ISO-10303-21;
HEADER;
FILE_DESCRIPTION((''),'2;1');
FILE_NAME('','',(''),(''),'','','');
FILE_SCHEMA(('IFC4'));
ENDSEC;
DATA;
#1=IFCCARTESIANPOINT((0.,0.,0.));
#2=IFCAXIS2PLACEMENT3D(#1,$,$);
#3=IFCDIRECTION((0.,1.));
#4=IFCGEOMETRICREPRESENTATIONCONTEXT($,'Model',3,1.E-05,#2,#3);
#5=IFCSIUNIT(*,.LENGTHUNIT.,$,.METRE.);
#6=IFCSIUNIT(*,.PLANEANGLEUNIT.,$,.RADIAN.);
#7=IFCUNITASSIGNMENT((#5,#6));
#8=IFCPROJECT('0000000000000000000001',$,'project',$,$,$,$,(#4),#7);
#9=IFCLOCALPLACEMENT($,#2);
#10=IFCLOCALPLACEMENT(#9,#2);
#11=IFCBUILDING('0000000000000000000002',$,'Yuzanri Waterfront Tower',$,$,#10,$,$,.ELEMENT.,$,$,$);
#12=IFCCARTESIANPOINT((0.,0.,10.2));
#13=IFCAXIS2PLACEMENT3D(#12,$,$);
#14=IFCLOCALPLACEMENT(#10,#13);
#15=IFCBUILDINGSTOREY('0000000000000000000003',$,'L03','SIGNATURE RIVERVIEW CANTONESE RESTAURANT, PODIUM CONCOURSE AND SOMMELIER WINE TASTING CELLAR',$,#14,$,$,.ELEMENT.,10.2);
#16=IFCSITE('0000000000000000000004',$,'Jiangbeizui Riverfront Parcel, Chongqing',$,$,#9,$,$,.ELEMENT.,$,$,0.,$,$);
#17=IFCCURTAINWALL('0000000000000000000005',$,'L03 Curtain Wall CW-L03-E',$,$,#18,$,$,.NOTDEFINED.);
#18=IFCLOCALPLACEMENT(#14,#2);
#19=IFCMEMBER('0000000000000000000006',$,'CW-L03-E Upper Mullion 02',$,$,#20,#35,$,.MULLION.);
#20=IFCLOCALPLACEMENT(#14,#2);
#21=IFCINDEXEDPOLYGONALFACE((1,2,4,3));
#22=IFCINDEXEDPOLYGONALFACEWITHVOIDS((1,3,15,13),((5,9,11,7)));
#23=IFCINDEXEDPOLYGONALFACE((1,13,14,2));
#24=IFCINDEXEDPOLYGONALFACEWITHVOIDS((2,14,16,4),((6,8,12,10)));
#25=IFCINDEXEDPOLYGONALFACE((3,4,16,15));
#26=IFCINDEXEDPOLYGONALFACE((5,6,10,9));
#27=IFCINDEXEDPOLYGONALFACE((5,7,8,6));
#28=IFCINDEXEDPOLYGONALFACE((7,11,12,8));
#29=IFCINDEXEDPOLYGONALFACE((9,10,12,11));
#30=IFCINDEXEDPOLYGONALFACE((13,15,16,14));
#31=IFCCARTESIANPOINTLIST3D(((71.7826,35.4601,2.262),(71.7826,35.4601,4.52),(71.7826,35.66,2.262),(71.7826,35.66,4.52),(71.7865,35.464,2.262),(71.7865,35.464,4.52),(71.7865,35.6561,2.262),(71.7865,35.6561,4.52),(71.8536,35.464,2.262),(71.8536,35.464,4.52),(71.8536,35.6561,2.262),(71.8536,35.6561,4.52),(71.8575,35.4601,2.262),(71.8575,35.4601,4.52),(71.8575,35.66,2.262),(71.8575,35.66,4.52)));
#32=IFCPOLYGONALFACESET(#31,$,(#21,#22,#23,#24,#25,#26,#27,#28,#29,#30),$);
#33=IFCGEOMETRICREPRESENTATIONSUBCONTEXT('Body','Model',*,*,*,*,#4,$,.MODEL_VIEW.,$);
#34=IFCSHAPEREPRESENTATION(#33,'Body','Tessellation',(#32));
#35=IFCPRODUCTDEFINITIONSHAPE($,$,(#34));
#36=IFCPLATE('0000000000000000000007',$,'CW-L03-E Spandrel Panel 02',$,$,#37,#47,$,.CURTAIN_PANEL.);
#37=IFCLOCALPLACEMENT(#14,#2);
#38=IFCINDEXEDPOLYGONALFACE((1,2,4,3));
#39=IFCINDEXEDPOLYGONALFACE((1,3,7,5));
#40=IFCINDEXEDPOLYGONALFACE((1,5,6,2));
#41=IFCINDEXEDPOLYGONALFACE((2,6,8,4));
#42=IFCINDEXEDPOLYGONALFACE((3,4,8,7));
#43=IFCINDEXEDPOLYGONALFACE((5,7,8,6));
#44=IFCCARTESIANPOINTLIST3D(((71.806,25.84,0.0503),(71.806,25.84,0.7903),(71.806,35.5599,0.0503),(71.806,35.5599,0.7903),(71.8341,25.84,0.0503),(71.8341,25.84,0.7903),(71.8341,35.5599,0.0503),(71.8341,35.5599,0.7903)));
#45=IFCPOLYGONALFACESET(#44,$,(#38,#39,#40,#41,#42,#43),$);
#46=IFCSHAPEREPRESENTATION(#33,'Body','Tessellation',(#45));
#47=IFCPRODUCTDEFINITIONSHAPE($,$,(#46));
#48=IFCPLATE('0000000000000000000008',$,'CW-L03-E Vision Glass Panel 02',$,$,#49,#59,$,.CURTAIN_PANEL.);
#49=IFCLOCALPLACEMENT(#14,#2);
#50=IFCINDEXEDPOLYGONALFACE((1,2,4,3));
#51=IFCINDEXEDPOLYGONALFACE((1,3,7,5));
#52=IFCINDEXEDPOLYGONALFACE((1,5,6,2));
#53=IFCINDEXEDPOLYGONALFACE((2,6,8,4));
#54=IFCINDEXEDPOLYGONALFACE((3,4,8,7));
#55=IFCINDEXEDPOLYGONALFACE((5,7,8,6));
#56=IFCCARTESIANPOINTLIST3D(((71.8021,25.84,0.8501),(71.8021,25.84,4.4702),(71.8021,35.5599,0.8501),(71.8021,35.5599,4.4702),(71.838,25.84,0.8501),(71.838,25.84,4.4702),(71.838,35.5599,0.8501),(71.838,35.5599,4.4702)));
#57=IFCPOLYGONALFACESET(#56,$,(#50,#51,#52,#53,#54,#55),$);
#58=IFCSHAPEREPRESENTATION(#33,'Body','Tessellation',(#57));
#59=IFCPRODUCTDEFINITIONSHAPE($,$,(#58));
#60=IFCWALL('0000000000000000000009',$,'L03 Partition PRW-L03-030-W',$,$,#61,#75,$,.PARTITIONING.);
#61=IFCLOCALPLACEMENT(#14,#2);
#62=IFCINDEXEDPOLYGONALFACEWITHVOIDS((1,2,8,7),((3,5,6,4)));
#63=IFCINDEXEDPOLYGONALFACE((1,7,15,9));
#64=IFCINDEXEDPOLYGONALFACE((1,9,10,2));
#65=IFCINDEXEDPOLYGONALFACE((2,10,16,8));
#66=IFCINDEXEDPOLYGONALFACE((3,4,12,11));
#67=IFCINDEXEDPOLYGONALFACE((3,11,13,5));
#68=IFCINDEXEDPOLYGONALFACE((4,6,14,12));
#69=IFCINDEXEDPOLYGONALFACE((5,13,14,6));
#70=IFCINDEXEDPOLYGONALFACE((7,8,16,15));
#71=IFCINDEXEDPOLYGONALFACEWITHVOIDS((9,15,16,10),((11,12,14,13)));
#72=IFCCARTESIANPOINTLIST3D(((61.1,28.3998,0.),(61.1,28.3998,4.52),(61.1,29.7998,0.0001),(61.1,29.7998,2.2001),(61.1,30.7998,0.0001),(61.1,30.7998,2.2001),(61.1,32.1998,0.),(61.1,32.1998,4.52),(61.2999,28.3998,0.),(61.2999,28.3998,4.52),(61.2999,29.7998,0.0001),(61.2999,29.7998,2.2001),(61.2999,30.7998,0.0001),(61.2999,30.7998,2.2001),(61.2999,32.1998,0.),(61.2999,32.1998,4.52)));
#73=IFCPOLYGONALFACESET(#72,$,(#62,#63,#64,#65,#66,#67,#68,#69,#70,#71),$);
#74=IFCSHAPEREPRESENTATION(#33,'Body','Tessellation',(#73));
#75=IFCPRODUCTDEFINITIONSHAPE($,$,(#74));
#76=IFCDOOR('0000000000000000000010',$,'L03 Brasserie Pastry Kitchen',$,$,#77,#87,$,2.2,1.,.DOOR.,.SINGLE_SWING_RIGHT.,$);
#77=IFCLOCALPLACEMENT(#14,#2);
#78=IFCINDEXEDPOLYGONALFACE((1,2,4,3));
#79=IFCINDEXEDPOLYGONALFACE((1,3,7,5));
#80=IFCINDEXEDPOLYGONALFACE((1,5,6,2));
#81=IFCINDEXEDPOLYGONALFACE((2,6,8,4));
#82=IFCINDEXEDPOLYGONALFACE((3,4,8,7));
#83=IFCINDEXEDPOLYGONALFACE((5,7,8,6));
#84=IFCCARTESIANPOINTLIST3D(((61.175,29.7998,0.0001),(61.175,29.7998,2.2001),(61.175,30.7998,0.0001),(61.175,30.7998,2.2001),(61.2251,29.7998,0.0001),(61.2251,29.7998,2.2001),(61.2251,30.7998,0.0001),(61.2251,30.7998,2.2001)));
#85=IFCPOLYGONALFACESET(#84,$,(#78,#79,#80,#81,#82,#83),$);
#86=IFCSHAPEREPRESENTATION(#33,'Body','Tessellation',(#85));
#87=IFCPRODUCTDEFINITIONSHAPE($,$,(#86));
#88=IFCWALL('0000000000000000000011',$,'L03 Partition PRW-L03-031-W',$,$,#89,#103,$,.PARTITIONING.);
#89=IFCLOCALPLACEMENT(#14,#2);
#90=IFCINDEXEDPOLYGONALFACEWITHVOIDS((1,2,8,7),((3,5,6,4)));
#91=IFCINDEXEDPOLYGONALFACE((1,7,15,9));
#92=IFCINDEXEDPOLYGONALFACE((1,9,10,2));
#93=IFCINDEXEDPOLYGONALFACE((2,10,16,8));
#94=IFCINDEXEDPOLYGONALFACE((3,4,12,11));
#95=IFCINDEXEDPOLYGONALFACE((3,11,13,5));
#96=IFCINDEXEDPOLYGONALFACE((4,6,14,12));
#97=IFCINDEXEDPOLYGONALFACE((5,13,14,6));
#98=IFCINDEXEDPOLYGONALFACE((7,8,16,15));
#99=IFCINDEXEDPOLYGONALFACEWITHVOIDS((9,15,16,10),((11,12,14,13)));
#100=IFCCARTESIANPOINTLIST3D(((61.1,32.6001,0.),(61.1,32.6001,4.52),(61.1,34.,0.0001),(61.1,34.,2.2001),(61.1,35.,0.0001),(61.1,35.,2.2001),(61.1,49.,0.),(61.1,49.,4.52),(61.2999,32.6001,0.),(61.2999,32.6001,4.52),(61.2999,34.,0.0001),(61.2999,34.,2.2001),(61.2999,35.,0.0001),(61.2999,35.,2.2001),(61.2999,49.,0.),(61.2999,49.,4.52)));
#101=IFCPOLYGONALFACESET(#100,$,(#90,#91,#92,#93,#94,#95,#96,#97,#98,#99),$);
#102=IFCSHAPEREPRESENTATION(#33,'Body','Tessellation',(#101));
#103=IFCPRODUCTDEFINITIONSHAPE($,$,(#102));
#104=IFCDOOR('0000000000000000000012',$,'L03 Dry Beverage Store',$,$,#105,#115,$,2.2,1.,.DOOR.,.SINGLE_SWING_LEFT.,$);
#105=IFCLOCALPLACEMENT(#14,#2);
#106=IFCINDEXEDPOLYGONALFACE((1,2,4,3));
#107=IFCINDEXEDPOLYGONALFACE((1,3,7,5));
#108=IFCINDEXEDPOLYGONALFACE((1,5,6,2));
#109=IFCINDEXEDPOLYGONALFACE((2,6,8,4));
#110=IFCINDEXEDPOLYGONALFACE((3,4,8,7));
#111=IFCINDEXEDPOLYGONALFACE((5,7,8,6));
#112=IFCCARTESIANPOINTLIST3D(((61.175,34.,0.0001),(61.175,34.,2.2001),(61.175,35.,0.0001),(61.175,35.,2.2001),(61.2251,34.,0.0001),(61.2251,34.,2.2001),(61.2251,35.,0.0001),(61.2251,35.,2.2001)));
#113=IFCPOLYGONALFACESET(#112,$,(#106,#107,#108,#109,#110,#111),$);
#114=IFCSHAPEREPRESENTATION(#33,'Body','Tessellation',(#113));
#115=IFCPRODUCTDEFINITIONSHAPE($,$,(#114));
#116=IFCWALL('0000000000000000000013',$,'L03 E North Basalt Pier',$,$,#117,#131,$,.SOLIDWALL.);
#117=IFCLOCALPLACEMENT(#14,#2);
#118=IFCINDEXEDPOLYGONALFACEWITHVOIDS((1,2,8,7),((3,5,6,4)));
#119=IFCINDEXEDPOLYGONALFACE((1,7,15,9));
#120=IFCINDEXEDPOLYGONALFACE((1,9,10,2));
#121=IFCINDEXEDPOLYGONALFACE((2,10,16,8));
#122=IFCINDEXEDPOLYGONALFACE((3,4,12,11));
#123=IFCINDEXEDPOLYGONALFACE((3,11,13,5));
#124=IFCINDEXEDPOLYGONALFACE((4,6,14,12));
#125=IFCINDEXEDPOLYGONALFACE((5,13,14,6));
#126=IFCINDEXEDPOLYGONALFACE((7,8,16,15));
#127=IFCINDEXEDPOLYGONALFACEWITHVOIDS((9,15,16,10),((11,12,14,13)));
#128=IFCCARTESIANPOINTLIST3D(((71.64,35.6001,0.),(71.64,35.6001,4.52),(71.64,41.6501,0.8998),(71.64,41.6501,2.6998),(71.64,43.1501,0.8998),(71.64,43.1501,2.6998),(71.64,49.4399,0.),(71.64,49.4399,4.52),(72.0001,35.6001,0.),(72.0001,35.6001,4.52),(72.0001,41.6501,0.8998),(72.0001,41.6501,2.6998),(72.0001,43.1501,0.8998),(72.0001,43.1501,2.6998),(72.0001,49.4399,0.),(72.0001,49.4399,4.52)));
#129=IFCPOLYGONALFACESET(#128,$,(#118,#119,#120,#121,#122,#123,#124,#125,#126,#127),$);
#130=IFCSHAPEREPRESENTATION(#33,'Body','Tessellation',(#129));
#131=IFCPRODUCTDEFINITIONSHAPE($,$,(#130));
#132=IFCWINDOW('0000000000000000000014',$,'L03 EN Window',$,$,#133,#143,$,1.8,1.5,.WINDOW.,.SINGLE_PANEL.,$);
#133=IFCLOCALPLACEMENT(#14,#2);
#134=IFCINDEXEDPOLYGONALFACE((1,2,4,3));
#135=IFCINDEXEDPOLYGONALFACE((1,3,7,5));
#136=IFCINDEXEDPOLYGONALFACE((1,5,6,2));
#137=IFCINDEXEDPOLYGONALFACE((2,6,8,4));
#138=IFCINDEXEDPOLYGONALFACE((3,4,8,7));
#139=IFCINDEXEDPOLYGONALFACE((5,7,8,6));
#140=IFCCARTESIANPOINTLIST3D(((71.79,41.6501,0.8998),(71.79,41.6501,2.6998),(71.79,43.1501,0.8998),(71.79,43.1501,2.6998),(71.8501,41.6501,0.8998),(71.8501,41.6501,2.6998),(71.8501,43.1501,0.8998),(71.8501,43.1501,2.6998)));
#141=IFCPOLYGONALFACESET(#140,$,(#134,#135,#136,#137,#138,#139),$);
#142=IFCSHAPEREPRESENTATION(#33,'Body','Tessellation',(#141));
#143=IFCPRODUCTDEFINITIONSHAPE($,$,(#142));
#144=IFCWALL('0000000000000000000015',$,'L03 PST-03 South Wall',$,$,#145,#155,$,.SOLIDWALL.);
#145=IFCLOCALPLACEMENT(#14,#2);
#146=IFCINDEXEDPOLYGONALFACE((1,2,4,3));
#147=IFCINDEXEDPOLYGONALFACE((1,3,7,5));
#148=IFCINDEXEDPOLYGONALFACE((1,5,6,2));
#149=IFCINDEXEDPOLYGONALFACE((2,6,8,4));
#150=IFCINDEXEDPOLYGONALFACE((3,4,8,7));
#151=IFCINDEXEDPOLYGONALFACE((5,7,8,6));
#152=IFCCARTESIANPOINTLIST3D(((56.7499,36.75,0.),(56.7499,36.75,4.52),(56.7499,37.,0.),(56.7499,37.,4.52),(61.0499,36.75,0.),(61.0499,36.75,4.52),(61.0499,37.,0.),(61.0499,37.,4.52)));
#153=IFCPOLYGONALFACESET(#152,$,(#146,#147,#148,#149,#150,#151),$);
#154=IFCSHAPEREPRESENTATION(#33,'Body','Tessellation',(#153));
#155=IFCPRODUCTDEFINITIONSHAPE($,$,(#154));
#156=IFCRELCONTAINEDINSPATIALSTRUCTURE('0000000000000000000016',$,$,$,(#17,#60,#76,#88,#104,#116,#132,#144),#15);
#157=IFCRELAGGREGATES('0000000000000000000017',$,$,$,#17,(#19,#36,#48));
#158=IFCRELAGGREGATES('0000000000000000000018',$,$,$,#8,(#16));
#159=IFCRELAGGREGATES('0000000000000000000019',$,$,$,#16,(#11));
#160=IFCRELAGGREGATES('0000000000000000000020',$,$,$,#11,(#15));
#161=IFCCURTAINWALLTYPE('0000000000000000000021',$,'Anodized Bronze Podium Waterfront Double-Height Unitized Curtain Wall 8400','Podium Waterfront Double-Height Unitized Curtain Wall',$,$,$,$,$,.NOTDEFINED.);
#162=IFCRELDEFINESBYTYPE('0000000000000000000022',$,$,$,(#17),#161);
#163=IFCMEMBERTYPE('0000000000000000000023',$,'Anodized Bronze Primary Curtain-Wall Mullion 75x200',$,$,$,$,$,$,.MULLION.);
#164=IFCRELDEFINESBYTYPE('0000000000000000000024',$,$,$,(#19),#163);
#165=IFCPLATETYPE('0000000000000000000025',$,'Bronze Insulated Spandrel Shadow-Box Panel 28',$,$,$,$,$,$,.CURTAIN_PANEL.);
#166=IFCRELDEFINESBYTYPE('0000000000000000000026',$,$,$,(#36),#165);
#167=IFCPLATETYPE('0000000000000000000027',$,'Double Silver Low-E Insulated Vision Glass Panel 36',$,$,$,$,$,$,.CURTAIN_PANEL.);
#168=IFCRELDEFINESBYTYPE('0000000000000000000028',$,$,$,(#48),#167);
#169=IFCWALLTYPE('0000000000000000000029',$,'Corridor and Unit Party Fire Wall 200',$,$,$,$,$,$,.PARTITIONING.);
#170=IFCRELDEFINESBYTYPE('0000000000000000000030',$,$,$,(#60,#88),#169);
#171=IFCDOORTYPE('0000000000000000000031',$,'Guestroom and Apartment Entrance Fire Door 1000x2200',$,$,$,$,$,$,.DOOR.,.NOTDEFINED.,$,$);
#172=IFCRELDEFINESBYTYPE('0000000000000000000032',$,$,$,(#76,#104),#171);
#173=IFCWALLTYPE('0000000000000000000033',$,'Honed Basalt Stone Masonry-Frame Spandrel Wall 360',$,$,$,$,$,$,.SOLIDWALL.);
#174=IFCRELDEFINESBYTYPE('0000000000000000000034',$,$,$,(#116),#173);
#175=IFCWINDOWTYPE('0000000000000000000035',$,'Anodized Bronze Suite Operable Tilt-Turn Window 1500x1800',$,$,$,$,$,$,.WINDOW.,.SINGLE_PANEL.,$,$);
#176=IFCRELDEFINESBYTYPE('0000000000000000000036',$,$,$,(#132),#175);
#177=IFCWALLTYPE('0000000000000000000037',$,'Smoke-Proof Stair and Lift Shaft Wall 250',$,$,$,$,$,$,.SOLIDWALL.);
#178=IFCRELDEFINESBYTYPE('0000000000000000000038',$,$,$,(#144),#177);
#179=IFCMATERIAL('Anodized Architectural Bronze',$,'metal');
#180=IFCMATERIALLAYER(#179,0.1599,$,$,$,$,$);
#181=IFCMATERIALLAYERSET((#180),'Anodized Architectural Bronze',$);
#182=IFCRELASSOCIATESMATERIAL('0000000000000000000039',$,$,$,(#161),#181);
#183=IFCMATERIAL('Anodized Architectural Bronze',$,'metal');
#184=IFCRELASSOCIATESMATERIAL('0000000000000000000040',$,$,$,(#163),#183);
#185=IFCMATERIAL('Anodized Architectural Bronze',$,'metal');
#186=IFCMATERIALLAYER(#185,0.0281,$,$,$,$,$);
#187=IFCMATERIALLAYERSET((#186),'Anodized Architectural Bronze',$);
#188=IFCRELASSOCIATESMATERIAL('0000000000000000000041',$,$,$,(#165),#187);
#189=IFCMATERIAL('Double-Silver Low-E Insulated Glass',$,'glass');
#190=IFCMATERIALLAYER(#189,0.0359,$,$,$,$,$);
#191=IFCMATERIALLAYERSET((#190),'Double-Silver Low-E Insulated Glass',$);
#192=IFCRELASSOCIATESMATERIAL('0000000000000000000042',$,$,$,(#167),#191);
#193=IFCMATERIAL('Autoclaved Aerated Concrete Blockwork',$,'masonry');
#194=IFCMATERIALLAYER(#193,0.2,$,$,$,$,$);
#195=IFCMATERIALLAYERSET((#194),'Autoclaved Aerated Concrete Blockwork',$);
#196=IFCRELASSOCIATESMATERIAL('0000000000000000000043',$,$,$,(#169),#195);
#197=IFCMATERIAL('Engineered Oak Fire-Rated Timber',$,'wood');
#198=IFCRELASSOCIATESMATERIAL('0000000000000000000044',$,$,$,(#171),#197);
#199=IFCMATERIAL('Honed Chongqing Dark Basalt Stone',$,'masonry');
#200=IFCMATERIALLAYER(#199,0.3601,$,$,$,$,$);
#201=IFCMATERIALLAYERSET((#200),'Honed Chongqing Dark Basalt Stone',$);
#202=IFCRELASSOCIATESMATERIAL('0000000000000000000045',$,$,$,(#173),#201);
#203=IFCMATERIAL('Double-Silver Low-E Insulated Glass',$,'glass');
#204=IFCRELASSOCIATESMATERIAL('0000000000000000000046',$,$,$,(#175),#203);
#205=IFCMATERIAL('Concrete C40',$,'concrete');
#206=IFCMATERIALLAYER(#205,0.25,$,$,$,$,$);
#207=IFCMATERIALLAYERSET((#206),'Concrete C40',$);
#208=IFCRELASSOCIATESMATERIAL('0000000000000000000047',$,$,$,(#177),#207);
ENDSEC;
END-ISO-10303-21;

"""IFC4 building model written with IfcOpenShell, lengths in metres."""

from ifc_helpers import new_model, si_unit, direction, frame, frame_2d, origin, origin_2d, place, context, subcontext, project, spatial, rectangle, hollow_rectangle, extrude, source, transform, mapped, material, layer, layer_set, material_profile, profile_set, type_object, element, fill, aggregate, save


model = new_model("IFC4")

# Units and contexts
model_context = context("Model", 3, precision=1e-05, world=origin(), true_north=direction((0.0, 1.0)))
body_context = subcontext(model_context, "Body", "Model", "MODEL_VIEW")
ifc_project = project(units=[si_unit("LENGTHUNIT", "METRE"), si_unit("PLANEANGLEUNIT", "RADIAN")], contexts=[model_context])

# Site, building, storey
site_placement = place(None, origin())
site = spatial("IfcSite", under=ifc_project, at=site_placement, Name="Jiangbeizui Riverfront Parcel, Chongqing", CompositionType="ELEMENT", RefElevation=0.0)
building_placement = place(site_placement, origin())
building = spatial("IfcBuilding", under=site, at=building_placement, Name="Yuzanri Waterfront Tower", CompositionType="ELEMENT")
storey_placement = place(building_placement, frame((0.0, 0.0, 10.2)))
storey = spatial("IfcBuildingStorey", under=building, at=storey_placement, Name="L03", Description="SIGNATURE RIVERVIEW CANTONESE RESTAURANT, PODIUM CONCOURSE AND SOMMELIER WINE TASTING CELLAR", CompositionType="ELEMENT", Elevation=10.2)

# Curtain wall, member, plates
ifc_material_1 = material(Name="Anodized Architectural Bronze", Category="metal")
ifc_layer_1 = layer(ifc_material_1, 0.1599)
ifc_layer_set_1 = layer_set([ifc_layer_1], Name="Anodized Architectural Bronze")
curtain_wall_type = type_object("IfcCurtainWallType", Name="Anodized Bronze Podium Waterfront Double-Height Unitized Curtain Wall 8400", Description="Podium Waterfront Double-Height Unitized Curtain Wall", PredefinedType="NOTDEFINED", material=ifc_layer_set_1)
curtain_wall_placement = place(storey_placement, origin())
curtain_wall = element("IfcCurtainWall", 1, at=curtain_wall_placement, inside=storey, type_object=curtain_wall_type, Name="L03 Curtain Wall CW-L03-E", PredefinedType="NOTDEFINED")
ifc_material_2 = material(Name="Anodized Architectural Bronze", Category="metal")
ifc_material_profile_1 = material_profile(ifc_material_2, hollow_rectangle(XDim=0.075, YDim=0.2, WallThickness=0.0039, at=origin_2d()), Name="CWM 75x200")
ifc_profile_set_1 = profile_set([ifc_material_profile_1], Name="Anodized Architectural Bronze")
member_type = type_object("IfcMemberType", Name="Anodized Bronze Primary Curtain-Wall Mullion 75x200", PredefinedType="MULLION", material=ifc_profile_set_1)
shared_shape_1 = source(origin(), body_context, "Body", "SweptSolid", [
    extrude(hollow_rectangle(XDim=0.075, YDim=0.2, WallThickness=0.0039, at=origin_2d()), origin(), (0.0, 0.0, 1.0), 2.2581),
])
member_1_placement = place(storey_placement, frame((71.8201, 35.5601, 2.262), z_axis=(0.0, 0.0, 1.0), x_axis=(1.0, 0.0, 0.0)))
member_1 = element("IfcMember", 2, at=member_1_placement, type_object=member_type, Name="CW-L03-E Upper Mullion 02", PredefinedType="MULLION", context=body_context, shape_type="MappedRepresentation", body=[
    mapped(shared_shape_1, transform((0.0, 0.0, 0.0), scale=1.0)),
])
ifc_material_3 = material(Name="Anodized Architectural Bronze", Category="metal")
ifc_layer_2 = layer(ifc_material_3, 0.0281)
ifc_layer_set_2 = layer_set([ifc_layer_2], Name="Anodized Architectural Bronze")
plate_type_1 = type_object("IfcPlateType", Name="Bronze Insulated Spandrel Shadow-Box Panel 28", PredefinedType="CURTAIN_PANEL", material=ifc_layer_set_2)
shared_shape_2 = source(origin(), body_context, "Body", "SweptSolid", [
    extrude(rectangle(XDim=9.72, YDim=0.0281, at=origin_2d()), origin(), (0.0, 0.0, 1.0), 0.74),
])
plate_1_placement = place(storey_placement, frame((71.8201, 30.7, 0.0503), z_axis=(0.0, 0.0, 1.0), x_axis=(0.0, 1.0, 0.0)))
plate_1 = element("IfcPlate", 3, at=plate_1_placement, type_object=plate_type_1, Name="CW-L03-E Spandrel Panel 02", PredefinedType="CURTAIN_PANEL", context=body_context, shape_type="MappedRepresentation", body=[
    mapped(shared_shape_2, transform((0.0, 0.0, 0.0), scale=1.0)),
])
ifc_material_4 = material(Name="Double-Silver Low-E Insulated Glass", Category="glass")
ifc_layer_3 = layer(ifc_material_4, 0.0359)
ifc_layer_set_3 = layer_set([ifc_layer_3], Name="Double-Silver Low-E Insulated Glass")
plate_type_2 = type_object("IfcPlateType", Name="Double Silver Low-E Insulated Vision Glass Panel 36", PredefinedType="CURTAIN_PANEL", material=ifc_layer_set_3)
shared_shape_3 = source(origin(), body_context, "Body", "SweptSolid", [
    extrude(rectangle(XDim=9.72, YDim=0.0359, at=origin_2d()), origin(), (0.0, 0.0, 1.0), 3.6201),
])
plate_2_placement = place(storey_placement, frame((71.8201, 30.7, 0.8501), z_axis=(0.0, 0.0, 1.0), x_axis=(0.0, 1.0, 0.0)))
plate_2 = element("IfcPlate", 4, at=plate_2_placement, type_object=plate_type_2, Name="CW-L03-E Vision Glass Panel 02", PredefinedType="CURTAIN_PANEL", context=body_context, shape_type="MappedRepresentation", body=[
    mapped(shared_shape_3, transform((0.0, 0.0, 0.0), scale=1.0)),
])
aggregate(curtain_wall, [member_1, plate_1, plate_2])

# Walls, openings, doors
ifc_material_5 = material(Name="Autoclaved Aerated Concrete Blockwork", Category="masonry")
ifc_layer_4 = layer(ifc_material_5, 0.2)
ifc_layer_set_4 = layer_set([ifc_layer_4], Name="Autoclaved Aerated Concrete Blockwork")
wall_type_1 = type_object("IfcWallType", Name="Corridor and Unit Party Fire Wall 200", PredefinedType="PARTITIONING", material=ifc_layer_set_4)
wall_1_placement = place(storey_placement, frame((61.2, 28.3999, 0.0), z_axis=(0.0, 0.0, 1.0), x_axis=(0.0, 1.0, 0.0)))
wall_1 = element("IfcWall", 5, at=wall_1_placement, inside=storey, type_object=wall_type_1, Name="L03 Partition PRW-L03-030-W", PredefinedType="PARTITIONING", context=body_context, shape_type="SweptSolid", body=[
    extrude(rectangle(XDim=3.8, YDim=0.2, at=frame_2d((1.8999, 0.0))), origin(), (0.0, 0.0, 1.0), 4.52),
])
opening_1_placement = place(wall_1_placement, frame((1.3999, 0.0, 0.0)))
opening_1 = element("IfcOpeningElement", 6, at=opening_1_placement, cuts=wall_1, PredefinedType="OPENING", context=body_context, shape_type="SweptSolid", body=[
    extrude(rectangle(XDim=1.0, YDim=2.2, at=frame_2d((0.5, 1.1001))), frame((0.0, 0.1147, 0.0), z_axis=(0.0, -1.0, 0.0), x_axis=(1.0, 0.0, 0.0)), (0.0, 0.0, 1.0), 0.2297),
])
ifc_material_6 = material(Name="Engineered Oak Fire-Rated Timber", Category="wood")
door_type = type_object("IfcDoorType", Name="Guestroom and Apartment Entrance Fire Door 1000x2200", OperationType="NOTDEFINED", PredefinedType="DOOR", material=ifc_material_6)
shared_shape_4 = source(origin(), body_context, "Body", "SweptSolid", [
    extrude(rectangle(XDim=1.0, YDim=2.2, at=frame_2d((0.5, 1.1001))), frame((0.0, 0.0249, 0.0), z_axis=(0.0, -1.0, 0.0), x_axis=(1.0, 0.0, 0.0)), (0.0, 0.0, 1.0), 0.05),
])
door_1_placement = place(opening_1_placement, origin())
door_1 = element("IfcDoor", 7, at=door_1_placement, inside=storey, type_object=door_type, Name="L03 Brasserie Pastry Kitchen", OperationType="SINGLE_SWING_RIGHT", OverallHeight=2.2, OverallWidth=1.0, PredefinedType="DOOR", context=body_context, shape_type="MappedRepresentation", body=[
    mapped(shared_shape_4, transform((0.0, 0.0, 0.0), scale=1.0)),
])
fill(opening_1, door_1)
wall_2_placement = place(storey_placement, frame((61.2, 32.6001, 0.0), z_axis=(0.0, 0.0, 1.0), x_axis=(0.0, 1.0, 0.0)))
wall_2 = element("IfcWall", 8, at=wall_2_placement, inside=storey, type_object=wall_type_1, Name="L03 Partition PRW-L03-031-W", PredefinedType="PARTITIONING", context=body_context, shape_type="SweptSolid", body=[
    extrude(rectangle(XDim=16.3999, YDim=0.2, at=frame_2d((8.2, 0.0))), origin(), (0.0, 0.0, 1.0), 4.52),
])
opening_2_placement = place(wall_2_placement, frame((1.3999, 0.0, 0.0)))
opening_2 = element("IfcOpeningElement", 9, at=opening_2_placement, cuts=wall_2, PredefinedType="OPENING", context=body_context, shape_type="SweptSolid", body=[
    extrude(rectangle(XDim=1.0, YDim=2.2, at=frame_2d((0.5, 1.1001))), frame((0.0, 0.1147, 0.0), z_axis=(0.0, -1.0, 0.0), x_axis=(1.0, 0.0, 0.0)), (0.0, 0.0, 1.0), 0.2297),
])
door_2_placement = place(opening_2_placement, origin())
door_2 = element("IfcDoor", 10, at=door_2_placement, inside=storey, type_object=door_type, Name="L03 Dry Beverage Store", OperationType="SINGLE_SWING_LEFT", OverallHeight=2.2, OverallWidth=1.0, PredefinedType="DOOR", context=body_context, shape_type="MappedRepresentation", body=[
    mapped(shared_shape_4, transform((0.0, 0.0, 0.0), scale=1.0)),
])
fill(opening_2, door_2)

# Wall, opening, window
ifc_material_7 = material(Name="Honed Chongqing Dark Basalt Stone", Category="masonry")
ifc_layer_5 = layer(ifc_material_7, 0.3601)
ifc_layer_set_5 = layer_set([ifc_layer_5], Name="Honed Chongqing Dark Basalt Stone")
wall_type_2 = type_object("IfcWallType", Name="Honed Basalt Stone Masonry-Frame Spandrel Wall 360", PredefinedType="SOLIDWALL", material=ifc_layer_set_5)
wall_3_placement = place(storey_placement, frame((71.8201, 35.6001, 0.0), z_axis=(0.0, 0.0, 1.0), x_axis=(0.0, 1.0, 0.0)))
wall_3 = element("IfcWall", 11, at=wall_3_placement, inside=storey, type_object=wall_type_2, Name="L03 E North Basalt Pier", PredefinedType="SOLIDWALL", context=body_context, shape_type="SweptSolid", body=[
    extrude(rectangle(XDim=13.8398, YDim=0.3601, at=frame_2d((6.9199, 0.0))), origin(), (0.0, 0.0, 1.0), 4.52),
])
opening_3_placement = place(wall_3_placement, frame((6.05, 0.0, 0.8999)))
opening_3 = element("IfcOpeningElement", 12, at=opening_3_placement, cuts=wall_3, PredefinedType="OPENING", context=body_context, shape_type="SweptSolid", body=[
    extrude(rectangle(XDim=1.5, YDim=1.8, at=frame_2d((0.75, 0.8999))), frame((0.0, 0.1948, 0.0), z_axis=(0.0, -1.0, 0.0), x_axis=(1.0, 0.0, 0.0)), (0.0, 0.0, 1.0), 0.3899),
])
ifc_material_8 = material(Name="Double-Silver Low-E Insulated Glass", Category="glass")
window_type = type_object("IfcWindowType", Name="Anodized Bronze Suite Operable Tilt-Turn Window 1500x1800", PartitioningType="SINGLE_PANEL", PredefinedType="WINDOW", material=ifc_material_8)
shared_shape_5 = source(origin(), body_context, "Body", "SweptSolid", [
    extrude(rectangle(XDim=1.5, YDim=1.8, at=frame_2d((0.75, 0.8999))), frame((0.0, 0.03, 0.0), z_axis=(0.0, -1.0, 0.0), x_axis=(1.0, 0.0, 0.0)), (0.0, 0.0, 1.0), 0.0601),
])
window_placement = place(opening_3_placement, origin())
window = element("IfcWindow", 13, at=window_placement, inside=storey, type_object=window_type, Name="L03 EN Window", OverallHeight=1.8, OverallWidth=1.5, PartitioningType="SINGLE_PANEL", PredefinedType="WINDOW", context=body_context, shape_type="MappedRepresentation", body=[
    mapped(shared_shape_5, transform((0.0, 0.0, 0.0), scale=1.0)),
])
fill(opening_3, window)

# Wall
ifc_material_9 = material(Name="Concrete C40", Category="concrete")
ifc_layer_6 = layer(ifc_material_9, 0.25)
ifc_layer_set_6 = layer_set([ifc_layer_6], Name="Concrete C40")
wall_type_3 = type_object("IfcWallType", Name="Smoke-Proof Stair and Lift Shaft Wall 250", PredefinedType="SOLIDWALL", material=ifc_layer_set_6)
shared_shape_6 = source(origin(), body_context, "Body", "SweptSolid", [
    extrude(rectangle(XDim=4.3, YDim=0.25, at=frame_2d((2.1499, 0.0))), origin(), (0.0, 0.0, 1.0), 4.52),
])
wall_4_placement = place(storey_placement, frame((56.75, 36.875, 0.0), z_axis=(0.0, 0.0, 1.0), x_axis=(1.0, 0.0, 0.0)))
element("IfcWall", 14, at=wall_4_placement, inside=storey, type_object=wall_type_3, Name="L03 PST-03 South Wall", PredefinedType="SOLIDWALL", context=body_context, shape_type="MappedRepresentation", body=[
    mapped(shared_shape_6, transform((0.0, 0.0, 0.0), scale=1.0)),
])

save(model, "model.ifc")
